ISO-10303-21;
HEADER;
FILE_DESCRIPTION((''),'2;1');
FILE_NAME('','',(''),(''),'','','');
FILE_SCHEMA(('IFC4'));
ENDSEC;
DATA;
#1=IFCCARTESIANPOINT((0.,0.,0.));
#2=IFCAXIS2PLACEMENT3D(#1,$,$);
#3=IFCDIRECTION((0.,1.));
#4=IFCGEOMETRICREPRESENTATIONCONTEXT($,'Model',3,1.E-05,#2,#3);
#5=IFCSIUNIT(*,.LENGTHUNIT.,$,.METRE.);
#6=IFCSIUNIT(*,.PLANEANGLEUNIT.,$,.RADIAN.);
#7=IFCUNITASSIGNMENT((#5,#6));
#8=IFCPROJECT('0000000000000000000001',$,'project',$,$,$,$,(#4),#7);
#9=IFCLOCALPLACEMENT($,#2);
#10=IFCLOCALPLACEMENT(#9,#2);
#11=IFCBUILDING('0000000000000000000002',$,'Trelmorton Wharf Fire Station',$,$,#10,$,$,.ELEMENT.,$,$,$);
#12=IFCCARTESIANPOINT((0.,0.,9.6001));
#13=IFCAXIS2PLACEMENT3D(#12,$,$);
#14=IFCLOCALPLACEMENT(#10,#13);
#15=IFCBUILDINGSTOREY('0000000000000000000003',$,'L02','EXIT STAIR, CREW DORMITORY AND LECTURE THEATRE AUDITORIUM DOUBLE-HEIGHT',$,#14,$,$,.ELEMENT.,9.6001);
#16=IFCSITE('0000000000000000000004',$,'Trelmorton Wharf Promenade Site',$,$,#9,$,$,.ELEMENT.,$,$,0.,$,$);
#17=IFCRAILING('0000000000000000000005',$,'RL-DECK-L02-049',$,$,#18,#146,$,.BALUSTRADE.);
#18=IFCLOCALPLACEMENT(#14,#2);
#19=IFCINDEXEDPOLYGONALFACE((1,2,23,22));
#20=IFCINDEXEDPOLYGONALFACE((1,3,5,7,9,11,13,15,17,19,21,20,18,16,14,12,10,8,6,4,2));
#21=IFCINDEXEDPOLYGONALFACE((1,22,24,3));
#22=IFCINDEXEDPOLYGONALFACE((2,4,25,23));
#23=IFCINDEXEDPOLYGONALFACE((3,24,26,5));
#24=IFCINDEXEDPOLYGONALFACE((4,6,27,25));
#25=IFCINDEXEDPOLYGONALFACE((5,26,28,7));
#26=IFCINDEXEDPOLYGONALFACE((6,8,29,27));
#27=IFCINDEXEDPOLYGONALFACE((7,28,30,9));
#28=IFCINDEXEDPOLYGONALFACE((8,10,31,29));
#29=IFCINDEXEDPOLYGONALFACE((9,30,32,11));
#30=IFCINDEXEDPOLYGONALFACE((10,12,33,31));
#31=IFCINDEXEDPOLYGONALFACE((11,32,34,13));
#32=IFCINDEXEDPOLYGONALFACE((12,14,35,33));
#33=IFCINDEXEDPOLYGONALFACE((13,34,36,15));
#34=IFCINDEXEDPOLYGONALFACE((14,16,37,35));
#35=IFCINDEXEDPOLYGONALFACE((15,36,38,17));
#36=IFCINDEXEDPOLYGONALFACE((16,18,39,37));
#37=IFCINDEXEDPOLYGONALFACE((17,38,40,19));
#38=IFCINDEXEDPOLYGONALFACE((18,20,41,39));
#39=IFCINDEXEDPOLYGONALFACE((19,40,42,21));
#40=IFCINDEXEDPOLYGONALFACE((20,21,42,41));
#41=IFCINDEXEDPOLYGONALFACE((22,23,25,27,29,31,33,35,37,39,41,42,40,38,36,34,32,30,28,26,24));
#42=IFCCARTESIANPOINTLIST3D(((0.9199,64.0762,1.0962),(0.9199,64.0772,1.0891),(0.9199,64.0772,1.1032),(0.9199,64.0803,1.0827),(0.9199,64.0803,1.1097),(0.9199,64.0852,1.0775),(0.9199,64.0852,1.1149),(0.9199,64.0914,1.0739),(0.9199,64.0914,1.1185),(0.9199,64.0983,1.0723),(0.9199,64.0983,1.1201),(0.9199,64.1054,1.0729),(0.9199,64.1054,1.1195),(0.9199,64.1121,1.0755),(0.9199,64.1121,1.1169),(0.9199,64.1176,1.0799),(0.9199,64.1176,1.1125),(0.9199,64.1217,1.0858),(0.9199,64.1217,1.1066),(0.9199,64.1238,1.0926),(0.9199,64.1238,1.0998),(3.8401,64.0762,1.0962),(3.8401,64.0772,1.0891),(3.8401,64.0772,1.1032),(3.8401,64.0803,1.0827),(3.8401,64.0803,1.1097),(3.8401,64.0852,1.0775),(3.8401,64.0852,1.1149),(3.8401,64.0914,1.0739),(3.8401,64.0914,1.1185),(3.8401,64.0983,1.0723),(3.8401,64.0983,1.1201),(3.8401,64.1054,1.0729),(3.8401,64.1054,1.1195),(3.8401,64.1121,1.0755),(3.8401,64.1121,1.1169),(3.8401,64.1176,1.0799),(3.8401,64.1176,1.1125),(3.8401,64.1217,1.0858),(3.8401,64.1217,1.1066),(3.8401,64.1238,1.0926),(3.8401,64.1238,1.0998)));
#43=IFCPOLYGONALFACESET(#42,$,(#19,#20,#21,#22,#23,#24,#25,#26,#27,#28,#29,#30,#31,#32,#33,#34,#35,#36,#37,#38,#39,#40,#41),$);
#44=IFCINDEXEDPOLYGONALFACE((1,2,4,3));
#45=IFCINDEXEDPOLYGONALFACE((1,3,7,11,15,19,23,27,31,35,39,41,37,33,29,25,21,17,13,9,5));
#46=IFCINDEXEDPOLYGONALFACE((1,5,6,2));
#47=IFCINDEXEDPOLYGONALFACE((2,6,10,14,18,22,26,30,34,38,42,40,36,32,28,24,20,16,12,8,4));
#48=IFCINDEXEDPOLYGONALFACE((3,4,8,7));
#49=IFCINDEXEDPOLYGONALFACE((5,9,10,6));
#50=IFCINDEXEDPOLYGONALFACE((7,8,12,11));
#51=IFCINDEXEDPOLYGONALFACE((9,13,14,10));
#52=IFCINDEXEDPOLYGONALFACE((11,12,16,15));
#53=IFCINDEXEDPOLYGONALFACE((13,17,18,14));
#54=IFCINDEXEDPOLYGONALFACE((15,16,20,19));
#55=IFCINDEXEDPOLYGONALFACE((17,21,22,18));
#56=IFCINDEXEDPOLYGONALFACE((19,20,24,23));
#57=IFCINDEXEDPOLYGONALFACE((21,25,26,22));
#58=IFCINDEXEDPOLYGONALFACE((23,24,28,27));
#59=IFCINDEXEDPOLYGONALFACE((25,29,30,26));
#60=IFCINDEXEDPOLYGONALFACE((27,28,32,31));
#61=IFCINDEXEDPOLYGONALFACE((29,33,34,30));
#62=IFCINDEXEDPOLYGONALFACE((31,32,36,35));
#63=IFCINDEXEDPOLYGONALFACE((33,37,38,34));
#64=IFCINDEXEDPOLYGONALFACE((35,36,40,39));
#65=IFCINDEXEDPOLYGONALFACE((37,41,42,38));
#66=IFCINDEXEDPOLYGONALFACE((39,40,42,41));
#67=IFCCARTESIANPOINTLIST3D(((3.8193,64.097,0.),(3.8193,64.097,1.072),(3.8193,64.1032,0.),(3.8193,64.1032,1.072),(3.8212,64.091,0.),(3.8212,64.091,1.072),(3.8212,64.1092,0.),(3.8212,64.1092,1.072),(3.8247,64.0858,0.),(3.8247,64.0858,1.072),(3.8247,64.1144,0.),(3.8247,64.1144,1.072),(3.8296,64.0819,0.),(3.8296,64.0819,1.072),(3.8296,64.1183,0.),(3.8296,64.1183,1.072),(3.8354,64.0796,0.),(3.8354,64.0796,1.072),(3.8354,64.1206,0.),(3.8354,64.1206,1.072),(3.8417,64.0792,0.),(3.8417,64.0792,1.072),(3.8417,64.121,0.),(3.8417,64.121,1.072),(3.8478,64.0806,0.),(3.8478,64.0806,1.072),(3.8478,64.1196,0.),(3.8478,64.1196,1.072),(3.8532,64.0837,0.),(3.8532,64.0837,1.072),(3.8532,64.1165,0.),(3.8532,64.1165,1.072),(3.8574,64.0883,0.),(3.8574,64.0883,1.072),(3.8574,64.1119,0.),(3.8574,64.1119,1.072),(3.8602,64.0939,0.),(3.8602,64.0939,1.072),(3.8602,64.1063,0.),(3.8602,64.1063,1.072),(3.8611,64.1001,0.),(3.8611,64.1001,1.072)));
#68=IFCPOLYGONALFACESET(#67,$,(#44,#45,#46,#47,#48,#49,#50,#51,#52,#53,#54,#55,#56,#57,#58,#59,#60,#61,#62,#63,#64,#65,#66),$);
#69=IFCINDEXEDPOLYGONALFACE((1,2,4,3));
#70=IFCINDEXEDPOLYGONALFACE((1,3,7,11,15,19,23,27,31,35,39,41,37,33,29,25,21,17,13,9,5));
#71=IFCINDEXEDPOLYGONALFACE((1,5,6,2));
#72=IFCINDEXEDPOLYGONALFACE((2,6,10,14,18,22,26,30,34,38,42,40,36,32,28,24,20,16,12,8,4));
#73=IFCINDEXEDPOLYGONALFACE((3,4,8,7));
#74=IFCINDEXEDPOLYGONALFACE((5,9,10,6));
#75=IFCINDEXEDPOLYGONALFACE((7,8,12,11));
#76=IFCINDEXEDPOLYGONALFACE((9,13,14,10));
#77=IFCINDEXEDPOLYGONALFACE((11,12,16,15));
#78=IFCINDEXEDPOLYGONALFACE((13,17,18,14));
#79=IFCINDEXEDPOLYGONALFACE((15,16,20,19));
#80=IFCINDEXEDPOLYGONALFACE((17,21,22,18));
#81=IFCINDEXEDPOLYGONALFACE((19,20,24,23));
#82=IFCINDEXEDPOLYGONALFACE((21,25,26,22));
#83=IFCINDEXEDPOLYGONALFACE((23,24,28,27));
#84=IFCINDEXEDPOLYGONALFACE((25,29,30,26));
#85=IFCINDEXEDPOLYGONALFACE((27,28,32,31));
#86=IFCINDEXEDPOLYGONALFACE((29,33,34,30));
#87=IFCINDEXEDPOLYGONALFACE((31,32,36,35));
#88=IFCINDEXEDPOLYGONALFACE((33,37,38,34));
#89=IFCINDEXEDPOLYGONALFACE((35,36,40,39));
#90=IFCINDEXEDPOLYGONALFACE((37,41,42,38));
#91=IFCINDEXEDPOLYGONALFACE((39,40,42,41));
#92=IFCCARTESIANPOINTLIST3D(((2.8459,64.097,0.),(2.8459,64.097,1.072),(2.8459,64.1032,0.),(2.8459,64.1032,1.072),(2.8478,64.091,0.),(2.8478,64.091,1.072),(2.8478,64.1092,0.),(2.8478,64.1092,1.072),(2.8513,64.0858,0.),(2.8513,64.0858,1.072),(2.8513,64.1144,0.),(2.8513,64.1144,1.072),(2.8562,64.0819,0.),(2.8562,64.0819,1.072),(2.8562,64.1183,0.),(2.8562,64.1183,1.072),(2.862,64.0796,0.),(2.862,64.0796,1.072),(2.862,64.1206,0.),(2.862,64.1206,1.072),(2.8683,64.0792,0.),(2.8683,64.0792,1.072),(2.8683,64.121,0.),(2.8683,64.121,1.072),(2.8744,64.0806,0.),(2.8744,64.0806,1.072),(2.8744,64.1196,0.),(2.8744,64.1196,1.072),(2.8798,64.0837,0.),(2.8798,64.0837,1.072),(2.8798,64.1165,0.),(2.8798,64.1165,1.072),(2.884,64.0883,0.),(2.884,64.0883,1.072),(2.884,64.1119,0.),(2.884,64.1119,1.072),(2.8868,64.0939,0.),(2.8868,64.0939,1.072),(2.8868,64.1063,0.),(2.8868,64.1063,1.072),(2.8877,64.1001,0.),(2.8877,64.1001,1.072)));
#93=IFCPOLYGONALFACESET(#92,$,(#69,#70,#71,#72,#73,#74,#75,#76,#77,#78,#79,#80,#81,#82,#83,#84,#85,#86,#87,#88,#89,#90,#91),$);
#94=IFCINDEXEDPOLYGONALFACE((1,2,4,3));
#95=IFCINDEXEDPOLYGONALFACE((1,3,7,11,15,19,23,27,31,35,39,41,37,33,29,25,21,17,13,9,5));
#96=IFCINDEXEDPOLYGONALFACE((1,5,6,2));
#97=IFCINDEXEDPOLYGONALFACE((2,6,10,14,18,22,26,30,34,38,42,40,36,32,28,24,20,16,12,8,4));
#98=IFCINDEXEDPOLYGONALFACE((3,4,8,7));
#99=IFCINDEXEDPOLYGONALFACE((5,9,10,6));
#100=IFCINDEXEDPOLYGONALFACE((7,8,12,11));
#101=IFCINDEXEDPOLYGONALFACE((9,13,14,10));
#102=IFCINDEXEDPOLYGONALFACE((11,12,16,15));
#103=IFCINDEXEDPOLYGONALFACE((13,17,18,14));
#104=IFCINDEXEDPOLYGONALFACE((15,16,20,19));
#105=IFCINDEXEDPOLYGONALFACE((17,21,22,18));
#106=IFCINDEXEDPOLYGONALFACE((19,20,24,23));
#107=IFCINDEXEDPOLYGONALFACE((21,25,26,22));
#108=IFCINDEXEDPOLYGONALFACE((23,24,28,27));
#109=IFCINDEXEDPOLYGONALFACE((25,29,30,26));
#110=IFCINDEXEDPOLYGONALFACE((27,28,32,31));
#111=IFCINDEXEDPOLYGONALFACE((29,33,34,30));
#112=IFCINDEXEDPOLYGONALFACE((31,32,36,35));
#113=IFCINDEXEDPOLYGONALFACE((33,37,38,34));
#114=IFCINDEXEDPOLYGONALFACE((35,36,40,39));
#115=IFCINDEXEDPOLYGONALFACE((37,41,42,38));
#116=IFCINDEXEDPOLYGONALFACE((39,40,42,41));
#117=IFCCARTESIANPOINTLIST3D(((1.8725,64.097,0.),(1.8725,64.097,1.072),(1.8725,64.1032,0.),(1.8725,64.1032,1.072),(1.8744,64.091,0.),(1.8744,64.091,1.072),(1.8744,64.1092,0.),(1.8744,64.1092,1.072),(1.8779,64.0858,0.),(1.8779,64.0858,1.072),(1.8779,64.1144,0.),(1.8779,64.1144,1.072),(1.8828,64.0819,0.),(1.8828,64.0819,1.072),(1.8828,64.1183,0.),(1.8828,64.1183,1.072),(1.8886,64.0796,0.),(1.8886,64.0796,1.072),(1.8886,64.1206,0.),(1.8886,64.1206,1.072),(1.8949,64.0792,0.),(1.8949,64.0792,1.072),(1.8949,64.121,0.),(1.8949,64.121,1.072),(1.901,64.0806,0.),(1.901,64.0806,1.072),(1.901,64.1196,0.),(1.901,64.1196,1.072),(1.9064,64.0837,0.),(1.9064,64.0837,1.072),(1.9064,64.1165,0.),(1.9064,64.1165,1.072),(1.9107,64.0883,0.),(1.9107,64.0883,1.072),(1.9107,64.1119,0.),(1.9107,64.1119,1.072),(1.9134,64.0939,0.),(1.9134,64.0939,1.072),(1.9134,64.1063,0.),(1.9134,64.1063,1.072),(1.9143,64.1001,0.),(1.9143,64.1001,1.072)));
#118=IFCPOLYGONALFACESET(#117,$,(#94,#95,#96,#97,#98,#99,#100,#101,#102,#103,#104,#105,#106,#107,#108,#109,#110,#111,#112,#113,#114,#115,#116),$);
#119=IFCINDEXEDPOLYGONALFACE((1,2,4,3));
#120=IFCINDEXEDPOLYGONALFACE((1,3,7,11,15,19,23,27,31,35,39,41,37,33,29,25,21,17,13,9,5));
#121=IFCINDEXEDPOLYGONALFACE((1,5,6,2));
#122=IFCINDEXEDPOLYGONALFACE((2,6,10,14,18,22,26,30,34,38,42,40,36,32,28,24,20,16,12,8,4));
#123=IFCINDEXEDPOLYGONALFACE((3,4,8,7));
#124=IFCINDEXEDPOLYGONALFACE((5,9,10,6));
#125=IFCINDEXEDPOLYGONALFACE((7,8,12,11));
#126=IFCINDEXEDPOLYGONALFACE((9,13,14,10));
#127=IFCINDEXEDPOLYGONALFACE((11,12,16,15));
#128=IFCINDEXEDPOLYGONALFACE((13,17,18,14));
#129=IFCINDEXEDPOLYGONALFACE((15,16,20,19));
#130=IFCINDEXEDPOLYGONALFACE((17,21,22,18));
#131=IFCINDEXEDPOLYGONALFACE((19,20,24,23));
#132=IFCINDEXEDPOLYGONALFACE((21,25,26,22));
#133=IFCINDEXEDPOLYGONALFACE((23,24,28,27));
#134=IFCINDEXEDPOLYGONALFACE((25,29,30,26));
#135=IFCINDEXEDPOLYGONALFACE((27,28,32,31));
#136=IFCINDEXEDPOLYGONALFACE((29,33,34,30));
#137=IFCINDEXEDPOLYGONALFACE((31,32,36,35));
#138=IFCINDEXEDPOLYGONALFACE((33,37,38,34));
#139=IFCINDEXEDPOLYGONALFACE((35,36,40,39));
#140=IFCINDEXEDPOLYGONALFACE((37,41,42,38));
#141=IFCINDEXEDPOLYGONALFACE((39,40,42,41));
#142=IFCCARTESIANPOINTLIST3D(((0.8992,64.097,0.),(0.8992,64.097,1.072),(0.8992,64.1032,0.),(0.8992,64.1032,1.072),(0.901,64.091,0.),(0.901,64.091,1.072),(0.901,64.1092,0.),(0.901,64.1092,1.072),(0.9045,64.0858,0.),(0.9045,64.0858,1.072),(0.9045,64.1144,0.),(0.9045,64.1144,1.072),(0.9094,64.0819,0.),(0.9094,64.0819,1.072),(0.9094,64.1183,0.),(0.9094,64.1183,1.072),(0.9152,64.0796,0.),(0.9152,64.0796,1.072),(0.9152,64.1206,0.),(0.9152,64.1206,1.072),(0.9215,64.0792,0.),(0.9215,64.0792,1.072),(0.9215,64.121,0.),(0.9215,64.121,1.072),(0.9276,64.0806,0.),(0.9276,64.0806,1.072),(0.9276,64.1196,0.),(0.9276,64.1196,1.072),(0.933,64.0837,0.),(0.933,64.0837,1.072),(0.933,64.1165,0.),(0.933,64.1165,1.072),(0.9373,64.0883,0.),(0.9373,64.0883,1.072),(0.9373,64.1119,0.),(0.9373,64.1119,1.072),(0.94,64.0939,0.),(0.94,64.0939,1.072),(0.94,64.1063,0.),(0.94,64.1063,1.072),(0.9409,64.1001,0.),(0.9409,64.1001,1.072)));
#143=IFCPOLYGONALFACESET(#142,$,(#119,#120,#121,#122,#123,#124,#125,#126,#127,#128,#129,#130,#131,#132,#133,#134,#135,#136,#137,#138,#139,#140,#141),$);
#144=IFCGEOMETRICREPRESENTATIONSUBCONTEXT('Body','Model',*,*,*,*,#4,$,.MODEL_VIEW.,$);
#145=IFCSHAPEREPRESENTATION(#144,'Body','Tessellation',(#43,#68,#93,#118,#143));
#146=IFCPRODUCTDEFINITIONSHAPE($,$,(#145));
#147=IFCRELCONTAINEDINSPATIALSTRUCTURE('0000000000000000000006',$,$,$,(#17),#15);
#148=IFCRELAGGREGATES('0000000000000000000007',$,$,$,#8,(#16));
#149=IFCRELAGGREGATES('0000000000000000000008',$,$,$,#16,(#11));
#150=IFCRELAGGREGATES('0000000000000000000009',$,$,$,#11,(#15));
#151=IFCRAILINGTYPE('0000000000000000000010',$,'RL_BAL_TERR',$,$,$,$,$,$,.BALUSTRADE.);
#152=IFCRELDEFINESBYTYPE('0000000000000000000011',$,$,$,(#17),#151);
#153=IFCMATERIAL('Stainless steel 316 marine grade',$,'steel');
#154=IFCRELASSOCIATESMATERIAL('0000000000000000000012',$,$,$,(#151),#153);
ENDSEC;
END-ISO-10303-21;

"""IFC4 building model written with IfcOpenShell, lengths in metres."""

from ifc_helpers import new_model, si_unit, direction, frame, origin, origin_2d, place, context, subcontext, project, spatial, circle, extrude, material, type_object, element, save


model = new_model("IFC4")

# Units and contexts
model_context = context("Model", 3, precision=1e-05, world=origin(), true_north=direction((0.0, 1.0)))
body_context = subcontext(model_context, "Body", "Model", "MODEL_VIEW")
ifc_project = project(units=[si_unit("LENGTHUNIT", "METRE"), si_unit("PLANEANGLEUNIT", "RADIAN")], contexts=[model_context])

# Site, building, storey
site_placement = place(None, origin())
site = spatial("IfcSite", under=ifc_project, at=site_placement, Name="Trelmorton Wharf Promenade Site", CompositionType="ELEMENT", RefElevation=0.0)
building_placement = place(site_placement, origin())
building = spatial("IfcBuilding", under=site, at=building_placement, Name="Trelmorton Wharf Fire Station", CompositionType="ELEMENT")
storey_placement = place(building_placement, frame((0.0, 0.0, 9.6001)))
storey = spatial("IfcBuildingStorey", under=building, at=storey_placement, Name="L02", Description="EXIT STAIR, CREW DORMITORY AND LECTURE THEATRE AUDITORIUM DOUBLE-HEIGHT", CompositionType="ELEMENT", Elevation=9.6001)

# Shared definitions
ifc_material_1 = material(Name="Stainless steel 316 marine grade", Category="steel")

# Railing
railing_type_1 = type_object("IfcRailingType", Name="RL_BAL_TERR", PredefinedType="BALUSTRADE", material=ifc_material_1)
railing_1_placement = place(storey_placement, frame((3.8401, 64.1001, 0.0)))
element("IfcRailing", 1, at=railing_1_placement, inside=storey, type_object=railing_type_1, Name="RL-DECK-L02-049", PredefinedType="BALUSTRADE", context=body_context, shape_type="SweptSolid", body=[
    extrude(circle(Radius=0.0239, at=origin_2d()), frame((0.0, 0.0, 1.0962), z_axis=(-1.0, 0.0, 0.0), x_axis=(0.0, -1.0, 0.0)), (0.0, 0.0, 1.0), 2.9202),
    extrude(circle(Radius=0.021, at=origin_2d()), origin(), (0.0, 0.0, 1.0), 1.072),
    extrude(circle(Radius=0.021, at=origin_2d()), frame((-0.9734, 0.0, 0.0)), (0.0, 0.0, 1.0), 1.072),
    extrude(circle(Radius=0.021, at=origin_2d()), frame((-1.9468, 0.0, 0.0)), (0.0, 0.0, 1.0), 1.072),
    extrude(circle(Radius=0.021, at=origin_2d()), frame((-2.9202, 0.0, 0.0)), (0.0, 0.0, 1.0), 1.072),
])

save(model, "model.ifc")
